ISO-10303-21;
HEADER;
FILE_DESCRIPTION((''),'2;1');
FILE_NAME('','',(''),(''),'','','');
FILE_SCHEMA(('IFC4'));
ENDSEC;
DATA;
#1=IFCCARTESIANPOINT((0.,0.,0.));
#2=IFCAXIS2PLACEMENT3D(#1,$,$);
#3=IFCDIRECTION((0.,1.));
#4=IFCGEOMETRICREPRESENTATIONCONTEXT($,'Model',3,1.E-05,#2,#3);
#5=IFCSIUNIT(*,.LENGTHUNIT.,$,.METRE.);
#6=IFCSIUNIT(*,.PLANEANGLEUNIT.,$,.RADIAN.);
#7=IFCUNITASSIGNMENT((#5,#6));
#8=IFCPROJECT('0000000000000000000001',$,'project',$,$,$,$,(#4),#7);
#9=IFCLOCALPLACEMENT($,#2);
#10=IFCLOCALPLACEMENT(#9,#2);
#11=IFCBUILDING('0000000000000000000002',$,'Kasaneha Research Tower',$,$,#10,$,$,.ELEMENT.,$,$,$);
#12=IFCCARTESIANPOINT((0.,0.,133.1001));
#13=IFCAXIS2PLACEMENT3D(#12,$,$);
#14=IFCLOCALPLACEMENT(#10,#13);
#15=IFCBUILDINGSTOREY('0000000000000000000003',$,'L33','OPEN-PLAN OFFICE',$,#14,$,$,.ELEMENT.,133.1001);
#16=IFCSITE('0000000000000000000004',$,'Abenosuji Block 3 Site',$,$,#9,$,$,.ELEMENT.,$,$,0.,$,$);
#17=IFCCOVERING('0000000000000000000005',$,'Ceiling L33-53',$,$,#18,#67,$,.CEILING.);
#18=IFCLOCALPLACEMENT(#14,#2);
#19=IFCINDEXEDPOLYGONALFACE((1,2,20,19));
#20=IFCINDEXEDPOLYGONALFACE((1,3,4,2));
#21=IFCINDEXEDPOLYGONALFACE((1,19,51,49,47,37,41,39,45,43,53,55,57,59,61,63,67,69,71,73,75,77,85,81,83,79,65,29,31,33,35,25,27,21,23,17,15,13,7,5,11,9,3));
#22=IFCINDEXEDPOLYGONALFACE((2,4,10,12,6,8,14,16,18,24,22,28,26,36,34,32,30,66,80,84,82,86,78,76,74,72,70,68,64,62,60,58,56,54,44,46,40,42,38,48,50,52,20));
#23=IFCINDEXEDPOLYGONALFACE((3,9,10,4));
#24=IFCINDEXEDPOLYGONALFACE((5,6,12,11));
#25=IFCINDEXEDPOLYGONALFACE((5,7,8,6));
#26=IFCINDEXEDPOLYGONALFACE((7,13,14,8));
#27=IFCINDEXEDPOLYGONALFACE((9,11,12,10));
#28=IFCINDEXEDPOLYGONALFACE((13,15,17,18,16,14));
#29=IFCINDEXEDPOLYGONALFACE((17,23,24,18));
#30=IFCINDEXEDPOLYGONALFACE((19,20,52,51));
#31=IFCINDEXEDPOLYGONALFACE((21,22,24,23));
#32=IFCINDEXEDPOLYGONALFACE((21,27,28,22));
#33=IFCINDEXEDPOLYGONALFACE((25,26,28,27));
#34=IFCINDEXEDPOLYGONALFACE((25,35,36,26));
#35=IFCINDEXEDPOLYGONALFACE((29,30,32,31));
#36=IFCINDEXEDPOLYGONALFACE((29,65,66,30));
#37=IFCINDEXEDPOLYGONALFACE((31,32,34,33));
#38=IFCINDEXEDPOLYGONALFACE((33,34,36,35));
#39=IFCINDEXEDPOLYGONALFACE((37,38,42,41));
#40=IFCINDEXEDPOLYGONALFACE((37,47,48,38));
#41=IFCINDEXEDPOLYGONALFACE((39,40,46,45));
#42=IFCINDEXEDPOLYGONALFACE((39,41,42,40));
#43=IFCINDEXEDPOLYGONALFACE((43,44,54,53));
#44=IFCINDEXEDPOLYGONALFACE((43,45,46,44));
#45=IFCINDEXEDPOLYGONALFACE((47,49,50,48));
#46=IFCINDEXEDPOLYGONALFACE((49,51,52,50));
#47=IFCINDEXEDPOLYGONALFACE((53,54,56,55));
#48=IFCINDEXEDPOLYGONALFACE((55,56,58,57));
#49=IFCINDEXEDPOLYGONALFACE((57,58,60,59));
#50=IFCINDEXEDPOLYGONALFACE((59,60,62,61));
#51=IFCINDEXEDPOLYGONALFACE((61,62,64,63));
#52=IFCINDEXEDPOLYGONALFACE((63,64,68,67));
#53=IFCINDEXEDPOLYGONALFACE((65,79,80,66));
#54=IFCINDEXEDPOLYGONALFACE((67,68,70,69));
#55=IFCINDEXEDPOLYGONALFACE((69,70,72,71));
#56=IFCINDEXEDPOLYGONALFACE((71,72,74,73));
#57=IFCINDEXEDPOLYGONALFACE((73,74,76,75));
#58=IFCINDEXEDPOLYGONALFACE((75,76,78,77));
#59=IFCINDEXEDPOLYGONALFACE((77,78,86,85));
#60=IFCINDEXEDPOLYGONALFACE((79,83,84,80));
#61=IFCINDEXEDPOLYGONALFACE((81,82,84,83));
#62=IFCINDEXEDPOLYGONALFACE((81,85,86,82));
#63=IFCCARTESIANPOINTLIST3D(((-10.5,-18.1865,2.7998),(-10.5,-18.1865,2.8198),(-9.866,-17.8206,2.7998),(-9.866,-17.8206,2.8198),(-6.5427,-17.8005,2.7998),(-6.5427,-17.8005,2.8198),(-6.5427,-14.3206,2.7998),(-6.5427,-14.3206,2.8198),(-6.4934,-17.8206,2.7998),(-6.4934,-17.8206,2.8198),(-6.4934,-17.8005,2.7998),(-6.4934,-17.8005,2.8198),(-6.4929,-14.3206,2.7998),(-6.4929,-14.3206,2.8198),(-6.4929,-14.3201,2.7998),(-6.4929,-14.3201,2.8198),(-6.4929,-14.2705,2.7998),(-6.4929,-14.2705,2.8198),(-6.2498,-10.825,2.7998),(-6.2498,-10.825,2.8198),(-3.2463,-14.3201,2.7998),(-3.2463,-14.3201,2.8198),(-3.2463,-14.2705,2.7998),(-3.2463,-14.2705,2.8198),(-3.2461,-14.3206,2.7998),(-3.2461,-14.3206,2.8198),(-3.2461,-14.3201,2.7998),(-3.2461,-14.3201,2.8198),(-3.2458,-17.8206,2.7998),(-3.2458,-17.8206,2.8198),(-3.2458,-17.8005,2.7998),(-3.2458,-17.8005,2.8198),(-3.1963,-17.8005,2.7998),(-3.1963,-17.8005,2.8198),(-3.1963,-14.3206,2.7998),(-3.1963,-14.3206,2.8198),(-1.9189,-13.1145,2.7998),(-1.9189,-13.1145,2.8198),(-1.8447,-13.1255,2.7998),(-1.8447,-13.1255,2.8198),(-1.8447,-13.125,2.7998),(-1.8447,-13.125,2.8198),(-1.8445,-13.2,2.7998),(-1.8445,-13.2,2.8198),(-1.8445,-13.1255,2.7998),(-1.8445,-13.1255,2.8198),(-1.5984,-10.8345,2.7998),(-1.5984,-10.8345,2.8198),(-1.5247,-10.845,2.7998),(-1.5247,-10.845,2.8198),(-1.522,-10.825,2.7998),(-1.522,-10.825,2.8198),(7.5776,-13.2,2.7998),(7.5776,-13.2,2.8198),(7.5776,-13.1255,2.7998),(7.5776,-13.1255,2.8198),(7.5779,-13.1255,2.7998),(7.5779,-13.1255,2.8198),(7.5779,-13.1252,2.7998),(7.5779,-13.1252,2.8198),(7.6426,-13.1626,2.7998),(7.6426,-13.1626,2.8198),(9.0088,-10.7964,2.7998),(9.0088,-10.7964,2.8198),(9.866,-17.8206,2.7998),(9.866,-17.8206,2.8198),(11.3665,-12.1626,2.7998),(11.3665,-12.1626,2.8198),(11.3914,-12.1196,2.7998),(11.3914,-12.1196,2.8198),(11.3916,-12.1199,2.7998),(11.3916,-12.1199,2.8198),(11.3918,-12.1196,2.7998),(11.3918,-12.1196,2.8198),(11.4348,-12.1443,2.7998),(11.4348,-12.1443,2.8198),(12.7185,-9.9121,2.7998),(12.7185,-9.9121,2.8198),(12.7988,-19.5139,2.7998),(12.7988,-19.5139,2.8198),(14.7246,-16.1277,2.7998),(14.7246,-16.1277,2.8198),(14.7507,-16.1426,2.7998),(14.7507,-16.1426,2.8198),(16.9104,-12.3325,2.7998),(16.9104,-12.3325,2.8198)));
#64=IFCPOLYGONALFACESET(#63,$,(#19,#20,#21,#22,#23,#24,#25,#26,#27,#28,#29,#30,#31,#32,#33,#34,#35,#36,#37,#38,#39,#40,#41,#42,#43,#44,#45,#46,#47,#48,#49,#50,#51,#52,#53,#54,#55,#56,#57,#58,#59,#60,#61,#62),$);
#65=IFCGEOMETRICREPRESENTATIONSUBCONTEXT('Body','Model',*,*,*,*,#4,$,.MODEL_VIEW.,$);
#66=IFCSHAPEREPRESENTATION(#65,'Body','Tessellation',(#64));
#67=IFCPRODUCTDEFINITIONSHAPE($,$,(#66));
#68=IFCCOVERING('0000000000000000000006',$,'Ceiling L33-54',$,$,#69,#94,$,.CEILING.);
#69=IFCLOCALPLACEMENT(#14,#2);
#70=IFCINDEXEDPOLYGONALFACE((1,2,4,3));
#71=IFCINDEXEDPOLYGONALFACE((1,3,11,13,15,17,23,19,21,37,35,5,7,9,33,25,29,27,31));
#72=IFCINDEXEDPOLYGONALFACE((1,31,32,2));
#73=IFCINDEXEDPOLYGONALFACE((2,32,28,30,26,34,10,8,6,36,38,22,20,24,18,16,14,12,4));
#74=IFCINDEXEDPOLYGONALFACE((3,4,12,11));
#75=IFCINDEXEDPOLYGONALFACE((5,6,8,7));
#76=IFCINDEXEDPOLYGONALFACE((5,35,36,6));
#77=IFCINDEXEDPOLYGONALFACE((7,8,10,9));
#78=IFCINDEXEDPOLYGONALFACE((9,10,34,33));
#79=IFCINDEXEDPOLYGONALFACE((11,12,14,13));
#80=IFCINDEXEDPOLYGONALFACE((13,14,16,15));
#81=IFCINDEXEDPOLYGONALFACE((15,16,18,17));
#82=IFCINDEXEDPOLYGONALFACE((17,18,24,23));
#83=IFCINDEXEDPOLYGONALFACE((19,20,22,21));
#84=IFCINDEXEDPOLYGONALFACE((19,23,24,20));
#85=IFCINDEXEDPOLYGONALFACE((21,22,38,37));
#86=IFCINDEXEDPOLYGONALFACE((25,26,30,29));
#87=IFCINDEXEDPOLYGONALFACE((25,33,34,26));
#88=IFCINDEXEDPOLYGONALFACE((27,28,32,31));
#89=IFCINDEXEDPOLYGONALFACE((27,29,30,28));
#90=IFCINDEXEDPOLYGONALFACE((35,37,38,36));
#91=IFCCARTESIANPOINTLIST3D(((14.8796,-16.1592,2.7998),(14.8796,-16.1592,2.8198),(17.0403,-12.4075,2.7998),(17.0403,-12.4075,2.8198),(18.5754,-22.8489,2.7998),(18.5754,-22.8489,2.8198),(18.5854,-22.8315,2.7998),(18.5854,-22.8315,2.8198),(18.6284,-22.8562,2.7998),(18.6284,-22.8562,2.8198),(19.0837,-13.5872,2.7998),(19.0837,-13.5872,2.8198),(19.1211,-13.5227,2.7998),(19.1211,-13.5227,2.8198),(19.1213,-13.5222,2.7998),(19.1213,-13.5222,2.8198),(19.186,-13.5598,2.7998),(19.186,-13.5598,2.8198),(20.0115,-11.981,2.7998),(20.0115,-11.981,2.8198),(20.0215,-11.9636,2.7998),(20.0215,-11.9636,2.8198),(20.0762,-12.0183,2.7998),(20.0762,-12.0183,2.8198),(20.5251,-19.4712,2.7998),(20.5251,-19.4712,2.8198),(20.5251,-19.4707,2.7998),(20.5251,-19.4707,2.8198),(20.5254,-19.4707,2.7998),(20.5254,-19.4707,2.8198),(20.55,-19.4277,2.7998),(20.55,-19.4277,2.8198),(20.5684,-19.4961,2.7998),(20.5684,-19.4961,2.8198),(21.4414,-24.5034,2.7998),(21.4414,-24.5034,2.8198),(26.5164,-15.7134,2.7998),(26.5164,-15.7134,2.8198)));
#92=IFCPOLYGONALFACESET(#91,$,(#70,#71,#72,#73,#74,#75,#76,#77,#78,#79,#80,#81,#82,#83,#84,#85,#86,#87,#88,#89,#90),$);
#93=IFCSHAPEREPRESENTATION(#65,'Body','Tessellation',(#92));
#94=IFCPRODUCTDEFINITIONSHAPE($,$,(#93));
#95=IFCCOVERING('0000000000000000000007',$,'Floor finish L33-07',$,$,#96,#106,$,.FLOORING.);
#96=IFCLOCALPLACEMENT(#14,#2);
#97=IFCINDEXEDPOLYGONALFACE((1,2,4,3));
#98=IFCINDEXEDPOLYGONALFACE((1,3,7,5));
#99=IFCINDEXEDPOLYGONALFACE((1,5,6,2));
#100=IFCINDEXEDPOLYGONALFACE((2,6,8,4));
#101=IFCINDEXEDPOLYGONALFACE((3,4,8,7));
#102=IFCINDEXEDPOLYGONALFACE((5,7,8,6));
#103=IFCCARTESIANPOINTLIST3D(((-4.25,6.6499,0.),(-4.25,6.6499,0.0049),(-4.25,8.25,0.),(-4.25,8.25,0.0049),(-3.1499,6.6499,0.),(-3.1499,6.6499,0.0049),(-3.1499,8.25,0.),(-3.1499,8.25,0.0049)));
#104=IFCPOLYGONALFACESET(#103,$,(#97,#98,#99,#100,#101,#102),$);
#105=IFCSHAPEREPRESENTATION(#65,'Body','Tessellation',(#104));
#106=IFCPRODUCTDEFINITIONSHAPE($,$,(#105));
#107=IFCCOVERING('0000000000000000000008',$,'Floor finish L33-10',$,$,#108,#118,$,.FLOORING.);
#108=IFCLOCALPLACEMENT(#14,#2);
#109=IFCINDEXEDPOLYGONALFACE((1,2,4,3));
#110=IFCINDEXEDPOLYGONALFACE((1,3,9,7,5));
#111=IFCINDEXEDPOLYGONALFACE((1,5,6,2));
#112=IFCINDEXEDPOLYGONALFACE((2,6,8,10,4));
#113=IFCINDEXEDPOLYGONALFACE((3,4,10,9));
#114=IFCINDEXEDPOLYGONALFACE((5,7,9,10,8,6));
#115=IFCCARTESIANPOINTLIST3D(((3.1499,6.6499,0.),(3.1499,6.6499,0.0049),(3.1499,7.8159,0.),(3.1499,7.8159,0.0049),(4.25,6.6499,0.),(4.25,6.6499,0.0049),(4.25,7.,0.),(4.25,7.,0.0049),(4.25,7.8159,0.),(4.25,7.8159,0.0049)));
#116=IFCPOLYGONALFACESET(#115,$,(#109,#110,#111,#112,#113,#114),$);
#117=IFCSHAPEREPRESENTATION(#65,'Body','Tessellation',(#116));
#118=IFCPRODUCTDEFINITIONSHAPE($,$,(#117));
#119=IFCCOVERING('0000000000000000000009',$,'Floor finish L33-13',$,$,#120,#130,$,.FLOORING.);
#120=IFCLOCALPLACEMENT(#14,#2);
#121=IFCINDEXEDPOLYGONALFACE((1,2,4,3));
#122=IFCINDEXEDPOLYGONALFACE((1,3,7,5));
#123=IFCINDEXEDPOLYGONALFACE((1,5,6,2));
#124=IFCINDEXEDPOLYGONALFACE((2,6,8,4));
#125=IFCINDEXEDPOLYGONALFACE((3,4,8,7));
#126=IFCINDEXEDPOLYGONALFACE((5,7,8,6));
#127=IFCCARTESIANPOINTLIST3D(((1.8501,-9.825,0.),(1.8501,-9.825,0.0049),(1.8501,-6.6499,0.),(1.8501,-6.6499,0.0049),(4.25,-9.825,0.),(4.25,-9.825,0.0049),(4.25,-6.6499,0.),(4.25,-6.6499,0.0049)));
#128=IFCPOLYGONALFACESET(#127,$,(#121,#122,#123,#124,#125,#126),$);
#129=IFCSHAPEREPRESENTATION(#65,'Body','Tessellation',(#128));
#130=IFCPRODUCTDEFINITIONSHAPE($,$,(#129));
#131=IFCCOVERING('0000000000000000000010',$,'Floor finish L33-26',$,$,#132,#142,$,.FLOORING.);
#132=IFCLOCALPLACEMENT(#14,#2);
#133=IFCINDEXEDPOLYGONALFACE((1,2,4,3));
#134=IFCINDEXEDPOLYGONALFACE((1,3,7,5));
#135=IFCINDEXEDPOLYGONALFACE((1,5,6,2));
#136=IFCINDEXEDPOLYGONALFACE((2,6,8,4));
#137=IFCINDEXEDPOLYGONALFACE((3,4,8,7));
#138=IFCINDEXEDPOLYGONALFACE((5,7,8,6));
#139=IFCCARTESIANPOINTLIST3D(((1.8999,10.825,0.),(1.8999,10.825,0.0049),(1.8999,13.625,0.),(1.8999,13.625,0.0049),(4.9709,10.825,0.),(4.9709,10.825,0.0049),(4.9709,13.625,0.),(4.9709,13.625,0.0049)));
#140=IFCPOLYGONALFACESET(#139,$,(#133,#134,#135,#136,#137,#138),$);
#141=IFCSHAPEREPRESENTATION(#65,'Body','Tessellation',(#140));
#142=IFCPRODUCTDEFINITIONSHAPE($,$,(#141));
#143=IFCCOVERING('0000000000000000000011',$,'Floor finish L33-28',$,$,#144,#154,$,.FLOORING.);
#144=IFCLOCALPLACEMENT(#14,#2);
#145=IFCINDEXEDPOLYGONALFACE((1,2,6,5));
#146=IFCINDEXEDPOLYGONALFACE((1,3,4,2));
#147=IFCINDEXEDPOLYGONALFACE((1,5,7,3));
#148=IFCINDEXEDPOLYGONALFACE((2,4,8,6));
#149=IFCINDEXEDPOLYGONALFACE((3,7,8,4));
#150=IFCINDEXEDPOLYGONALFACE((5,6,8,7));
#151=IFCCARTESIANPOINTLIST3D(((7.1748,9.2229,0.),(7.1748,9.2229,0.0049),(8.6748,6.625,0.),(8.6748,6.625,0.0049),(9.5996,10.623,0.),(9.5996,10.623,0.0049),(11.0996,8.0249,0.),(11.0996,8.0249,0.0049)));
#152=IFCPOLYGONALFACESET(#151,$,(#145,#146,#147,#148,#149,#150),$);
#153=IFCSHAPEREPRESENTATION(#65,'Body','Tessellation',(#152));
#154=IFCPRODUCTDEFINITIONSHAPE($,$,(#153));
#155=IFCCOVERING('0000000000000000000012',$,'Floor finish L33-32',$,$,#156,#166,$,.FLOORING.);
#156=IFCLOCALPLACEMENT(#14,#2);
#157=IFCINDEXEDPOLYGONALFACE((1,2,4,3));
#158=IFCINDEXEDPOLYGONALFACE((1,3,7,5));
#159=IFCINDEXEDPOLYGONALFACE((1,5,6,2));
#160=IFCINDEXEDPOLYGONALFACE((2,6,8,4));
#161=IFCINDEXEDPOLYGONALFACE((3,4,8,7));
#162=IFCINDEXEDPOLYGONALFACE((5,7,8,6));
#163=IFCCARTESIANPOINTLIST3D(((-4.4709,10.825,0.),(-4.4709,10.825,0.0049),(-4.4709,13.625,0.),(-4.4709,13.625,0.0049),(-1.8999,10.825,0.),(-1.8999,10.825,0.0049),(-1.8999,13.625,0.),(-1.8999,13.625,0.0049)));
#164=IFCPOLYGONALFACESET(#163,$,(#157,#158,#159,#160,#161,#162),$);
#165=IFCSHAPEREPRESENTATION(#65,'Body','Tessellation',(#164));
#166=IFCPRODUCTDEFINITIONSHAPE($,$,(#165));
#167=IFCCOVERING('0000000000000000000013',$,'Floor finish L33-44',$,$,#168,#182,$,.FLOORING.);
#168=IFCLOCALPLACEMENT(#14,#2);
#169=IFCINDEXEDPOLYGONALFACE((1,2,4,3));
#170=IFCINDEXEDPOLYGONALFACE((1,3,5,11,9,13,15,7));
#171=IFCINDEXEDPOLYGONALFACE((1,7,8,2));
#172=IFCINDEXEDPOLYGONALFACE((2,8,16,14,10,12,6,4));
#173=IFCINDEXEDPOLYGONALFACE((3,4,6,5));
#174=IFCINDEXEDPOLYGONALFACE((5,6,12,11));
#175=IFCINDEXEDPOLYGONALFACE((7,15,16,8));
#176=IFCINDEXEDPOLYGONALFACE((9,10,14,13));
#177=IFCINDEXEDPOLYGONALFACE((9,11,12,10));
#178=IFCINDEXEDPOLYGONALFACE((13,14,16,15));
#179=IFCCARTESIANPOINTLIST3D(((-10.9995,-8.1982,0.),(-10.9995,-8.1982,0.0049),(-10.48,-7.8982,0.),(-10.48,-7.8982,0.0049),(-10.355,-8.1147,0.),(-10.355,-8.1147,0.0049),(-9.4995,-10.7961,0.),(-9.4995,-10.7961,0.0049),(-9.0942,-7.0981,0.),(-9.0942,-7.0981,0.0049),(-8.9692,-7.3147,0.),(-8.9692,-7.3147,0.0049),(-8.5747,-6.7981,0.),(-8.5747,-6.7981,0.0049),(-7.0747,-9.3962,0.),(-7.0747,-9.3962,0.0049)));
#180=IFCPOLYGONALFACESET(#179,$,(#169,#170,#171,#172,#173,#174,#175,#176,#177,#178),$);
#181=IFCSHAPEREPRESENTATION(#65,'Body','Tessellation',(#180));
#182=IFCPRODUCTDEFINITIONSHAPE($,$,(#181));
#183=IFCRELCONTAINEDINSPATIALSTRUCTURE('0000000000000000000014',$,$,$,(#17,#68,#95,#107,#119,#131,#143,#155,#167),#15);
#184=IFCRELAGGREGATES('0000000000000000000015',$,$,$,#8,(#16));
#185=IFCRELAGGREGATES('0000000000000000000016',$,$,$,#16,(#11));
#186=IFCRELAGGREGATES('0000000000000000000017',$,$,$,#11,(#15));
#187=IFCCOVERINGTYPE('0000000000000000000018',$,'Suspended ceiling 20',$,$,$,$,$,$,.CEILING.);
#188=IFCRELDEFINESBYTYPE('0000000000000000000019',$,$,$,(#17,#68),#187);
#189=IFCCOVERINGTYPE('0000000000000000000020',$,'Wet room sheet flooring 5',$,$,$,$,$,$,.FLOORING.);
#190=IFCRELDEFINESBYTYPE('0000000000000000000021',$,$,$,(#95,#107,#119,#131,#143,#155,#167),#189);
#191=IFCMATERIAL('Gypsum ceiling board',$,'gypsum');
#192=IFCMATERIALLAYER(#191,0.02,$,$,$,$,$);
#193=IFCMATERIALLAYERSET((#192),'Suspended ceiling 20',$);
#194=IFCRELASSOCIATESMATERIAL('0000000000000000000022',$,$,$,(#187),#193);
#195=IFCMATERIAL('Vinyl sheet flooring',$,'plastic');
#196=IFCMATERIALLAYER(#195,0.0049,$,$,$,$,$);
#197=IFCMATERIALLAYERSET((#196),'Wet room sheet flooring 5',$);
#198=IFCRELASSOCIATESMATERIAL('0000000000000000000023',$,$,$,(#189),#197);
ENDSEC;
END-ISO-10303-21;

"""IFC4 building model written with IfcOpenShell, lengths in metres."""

from ifc_helpers import new_model, si_unit, direction, frame, origin, place, context, subcontext, project, spatial, polyline, outline, extrude, material, layer, layer_set, type_object, element, save


model = new_model("IFC4")

# Units and contexts
model_context = context("Model", 3, precision=1e-05, world=origin(), true_north=direction((0.0, 1.0)))
body_context = subcontext(model_context, "Body", "Model", "MODEL_VIEW")
ifc_project = project(units=[si_unit("LENGTHUNIT", "METRE"), si_unit("PLANEANGLEUNIT", "RADIAN")], contexts=[model_context])

# Site, building, storey
site_placement = place(None, origin())
site = spatial("IfcSite", under=ifc_project, at=site_placement, Name="Abenosuji Block 3 Site", CompositionType="ELEMENT", RefElevation=0.0)
building_placement = place(site_placement, origin())
building = spatial("IfcBuilding", under=site, at=building_placement, Name="Kasaneha Research Tower", CompositionType="ELEMENT")
storey_placement = place(building_placement, frame((0.0, 0.0, 133.1001)))
storey = spatial("IfcBuildingStorey", under=building, at=storey_placement, Name="L33", Description="OPEN-PLAN OFFICE", CompositionType="ELEMENT", Elevation=133.1001)

# Coverings
ifc_material_1 = material(Name="Gypsum ceiling board", Category="gypsum")
ifc_layer_1 = layer(ifc_material_1, 0.02)
ifc_layer_set_1 = layer_set([ifc_layer_1], Name="Suspended ceiling 20")
covering_type_1 = type_object("IfcCoveringType", Name="Suspended ceiling 20", PredefinedType="CEILING", material=ifc_layer_set_1)
covering_1_placement = place(storey_placement, frame((0.0, 0.0, 2.7998)))
element("IfcCovering", 1, at=covering_1_placement, inside=storey, type_object=covering_type_1, Name="Ceiling L33-53", PredefinedType="CEILING", context=body_context, shape_type="SweptSolid", body=[
    extrude(outline(polyline([(-3.2463, -14.3201), (-3.2463, -14.2705), (-6.4929, -14.2705), (-6.4929, -14.3201), (-6.4929, -14.3201), (-6.4929, -14.3206), (-6.5427, -14.3206), (-6.5427, -17.8005), (-6.4934, -17.8005), (-6.4934, -17.8206), (-9.866, -17.8206), (-10.5, -18.1865), (-6.2498, -10.825), (-1.522, -10.825), (-1.5247, -10.845), (-1.5984, -10.8345), (-1.9189, -13.1145), (-1.8447, -13.125), (-1.8447, -13.1255), (-1.8445, -13.1255), (-1.8445, -13.2), (7.5776, -13.2), (7.5776, -13.1255), (7.5779, -13.1255), (7.5779, -13.1252), (7.6426, -13.1626), (9.0088, -10.7964), (11.3665, -12.1626), (11.3914, -12.1196), (11.3916, -12.1199), (11.3918, -12.1196), (11.4348, -12.1443), (12.7185, -9.9121), (16.9104, -12.3325), (14.7246, -16.1277), (14.7507, -16.1426), (12.7988, -19.5139), (9.866, -17.8206), (-3.2458, -17.8206), (-3.2458, -17.8005), (-3.1963, -17.8005), (-3.1963, -14.3206), (-3.2461, -14.3206), (-3.2461, -14.3201), (-3.2463, -14.3201)])), origin(), (0.0, 0.0, 1.0), 0.02),
])
covering_2_placement = place(storey_placement, frame((0.0, 0.0, 2.7998)))
element("IfcCovering", 2, at=covering_2_placement, inside=storey, type_object=covering_type_1, Name="Ceiling L33-54", PredefinedType="CEILING", context=body_context, shape_type="SweptSolid", body=[
    extrude(outline(polyline([(19.1213, -13.5222), (19.186, -13.5598), (20.0762, -12.0183), (20.0115, -11.981), (20.0215, -11.9636), (26.5164, -15.7134), (21.4414, -24.5034), (18.5754, -22.8489), (18.5854, -22.8315), (18.6284, -22.8562), (20.5684, -19.4961), (20.5251, -19.4712), (20.5254, -19.4707), (20.5251, -19.4707), (20.55, -19.4277), (14.8796, -16.1592), (17.0403, -12.4075), (19.0837, -13.5872), (19.1211, -13.5227), (19.1211, -13.5227), (19.1213, -13.5222)])), origin(), (0.0, 0.0, 1.0), 0.02),
])
ifc_material_2 = material(Name="Vinyl sheet flooring", Category="plastic")
ifc_layer_2 = layer(ifc_material_2, 0.0049)
ifc_layer_set_2 = layer_set([ifc_layer_2], Name="Wet room sheet flooring 5")
covering_type_2 = type_object("IfcCoveringType", Name="Wet room sheet flooring 5", PredefinedType="FLOORING", material=ifc_layer_set_2)
covering_3_placement = place(storey_placement, origin())
element("IfcCovering", 3, at=covering_3_placement, inside=storey, type_object=covering_type_2, Name="Floor finish L33-07", PredefinedType="FLOORING", context=body_context, shape_type="SweptSolid", body=[
    extrude(outline(polyline([(-4.25, 6.6499), (-4.25, 8.25), (-3.1499, 8.25), (-3.1499, 6.6499), (-4.25, 6.6499)])), origin(), (0.0, 0.0, 1.0), 0.0049),
])
covering_4_placement = place(storey_placement, origin())
element("IfcCovering", 4, at=covering_4_placement, inside=storey, type_object=covering_type_2, Name="Floor finish L33-10", PredefinedType="FLOORING", context=body_context, shape_type="SweptSolid", body=[
    extrude(outline(polyline([(3.1499, 6.6499), (3.1499, 7.8159), (4.25, 7.8159), (4.25, 7.0), (4.25, 6.6499), (3.1499, 6.6499)])), origin(), (0.0, 0.0, 1.0), 0.0049),
])
covering_5_placement = place(storey_placement, origin())
element("IfcCovering", 5, at=covering_5_placement, inside=storey, type_object=covering_type_2, Name="Floor finish L33-13", PredefinedType="FLOORING", context=body_context, shape_type="SweptSolid", body=[
    extrude(outline(polyline([(1.8501, -9.825), (1.8501, -6.6499), (4.25, -6.6499), (4.25, -9.825), (1.8501, -9.825)])), origin(), (0.0, 0.0, 1.0), 0.0049),
])
covering_6_placement = place(storey_placement, origin())
element("IfcCovering", 6, at=covering_6_placement, inside=storey, type_object=covering_type_2, Name="Floor finish L33-26", PredefinedType="FLOORING", context=body_context, shape_type="SweptSolid", body=[
    extrude(outline(polyline([(4.9709, 13.625), (4.9709, 10.825), (1.8999, 10.825), (1.8999, 13.625), (4.9709, 13.625)])), origin(), (0.0, 0.0, 1.0), 0.0049),
])
covering_7_placement = place(storey_placement, origin())
element("IfcCovering", 7, at=covering_7_placement, inside=storey, type_object=covering_type_2, Name="Floor finish L33-28", PredefinedType="FLOORING", context=body_context, shape_type="SweptSolid", body=[
    extrude(outline(polyline([(11.0996, 8.0249), (8.6748, 6.625), (7.1748, 9.2229), (9.5996, 10.623), (11.0996, 8.0249)])), origin(), (0.0, 0.0, 1.0), 0.0049),
])
covering_8_placement = place(storey_placement, origin())
element("IfcCovering", 8, at=covering_8_placement, inside=storey, type_object=covering_type_2, Name="Floor finish L33-32", PredefinedType="FLOORING", context=body_context, shape_type="SweptSolid", body=[
    extrude(outline(polyline([(-1.8999, 13.625), (-1.8999, 10.825), (-4.4709, 10.825), (-4.4709, 13.625), (-1.8999, 13.625)])), origin(), (0.0, 0.0, 1.0), 0.0049),
])
covering_9_placement = place(storey_placement, origin())
element("IfcCovering", 9, at=covering_9_placement, inside=storey, type_object=covering_type_2, Name="Floor finish L33-44", PredefinedType="FLOORING", context=body_context, shape_type="SweptSolid", body=[
    extrude(outline(polyline([(-10.9995, -8.1982), (-10.48, -7.8982), (-10.355, -8.1147), (-8.9692, -7.3147), (-9.0942, -7.0981), (-8.5747, -6.7981), (-7.0747, -9.3962), (-9.4995, -10.7961), (-10.9995, -8.1982)])), origin(), (0.0, 0.0, 1.0), 0.0049),
])

save(model, "model.ifc")
